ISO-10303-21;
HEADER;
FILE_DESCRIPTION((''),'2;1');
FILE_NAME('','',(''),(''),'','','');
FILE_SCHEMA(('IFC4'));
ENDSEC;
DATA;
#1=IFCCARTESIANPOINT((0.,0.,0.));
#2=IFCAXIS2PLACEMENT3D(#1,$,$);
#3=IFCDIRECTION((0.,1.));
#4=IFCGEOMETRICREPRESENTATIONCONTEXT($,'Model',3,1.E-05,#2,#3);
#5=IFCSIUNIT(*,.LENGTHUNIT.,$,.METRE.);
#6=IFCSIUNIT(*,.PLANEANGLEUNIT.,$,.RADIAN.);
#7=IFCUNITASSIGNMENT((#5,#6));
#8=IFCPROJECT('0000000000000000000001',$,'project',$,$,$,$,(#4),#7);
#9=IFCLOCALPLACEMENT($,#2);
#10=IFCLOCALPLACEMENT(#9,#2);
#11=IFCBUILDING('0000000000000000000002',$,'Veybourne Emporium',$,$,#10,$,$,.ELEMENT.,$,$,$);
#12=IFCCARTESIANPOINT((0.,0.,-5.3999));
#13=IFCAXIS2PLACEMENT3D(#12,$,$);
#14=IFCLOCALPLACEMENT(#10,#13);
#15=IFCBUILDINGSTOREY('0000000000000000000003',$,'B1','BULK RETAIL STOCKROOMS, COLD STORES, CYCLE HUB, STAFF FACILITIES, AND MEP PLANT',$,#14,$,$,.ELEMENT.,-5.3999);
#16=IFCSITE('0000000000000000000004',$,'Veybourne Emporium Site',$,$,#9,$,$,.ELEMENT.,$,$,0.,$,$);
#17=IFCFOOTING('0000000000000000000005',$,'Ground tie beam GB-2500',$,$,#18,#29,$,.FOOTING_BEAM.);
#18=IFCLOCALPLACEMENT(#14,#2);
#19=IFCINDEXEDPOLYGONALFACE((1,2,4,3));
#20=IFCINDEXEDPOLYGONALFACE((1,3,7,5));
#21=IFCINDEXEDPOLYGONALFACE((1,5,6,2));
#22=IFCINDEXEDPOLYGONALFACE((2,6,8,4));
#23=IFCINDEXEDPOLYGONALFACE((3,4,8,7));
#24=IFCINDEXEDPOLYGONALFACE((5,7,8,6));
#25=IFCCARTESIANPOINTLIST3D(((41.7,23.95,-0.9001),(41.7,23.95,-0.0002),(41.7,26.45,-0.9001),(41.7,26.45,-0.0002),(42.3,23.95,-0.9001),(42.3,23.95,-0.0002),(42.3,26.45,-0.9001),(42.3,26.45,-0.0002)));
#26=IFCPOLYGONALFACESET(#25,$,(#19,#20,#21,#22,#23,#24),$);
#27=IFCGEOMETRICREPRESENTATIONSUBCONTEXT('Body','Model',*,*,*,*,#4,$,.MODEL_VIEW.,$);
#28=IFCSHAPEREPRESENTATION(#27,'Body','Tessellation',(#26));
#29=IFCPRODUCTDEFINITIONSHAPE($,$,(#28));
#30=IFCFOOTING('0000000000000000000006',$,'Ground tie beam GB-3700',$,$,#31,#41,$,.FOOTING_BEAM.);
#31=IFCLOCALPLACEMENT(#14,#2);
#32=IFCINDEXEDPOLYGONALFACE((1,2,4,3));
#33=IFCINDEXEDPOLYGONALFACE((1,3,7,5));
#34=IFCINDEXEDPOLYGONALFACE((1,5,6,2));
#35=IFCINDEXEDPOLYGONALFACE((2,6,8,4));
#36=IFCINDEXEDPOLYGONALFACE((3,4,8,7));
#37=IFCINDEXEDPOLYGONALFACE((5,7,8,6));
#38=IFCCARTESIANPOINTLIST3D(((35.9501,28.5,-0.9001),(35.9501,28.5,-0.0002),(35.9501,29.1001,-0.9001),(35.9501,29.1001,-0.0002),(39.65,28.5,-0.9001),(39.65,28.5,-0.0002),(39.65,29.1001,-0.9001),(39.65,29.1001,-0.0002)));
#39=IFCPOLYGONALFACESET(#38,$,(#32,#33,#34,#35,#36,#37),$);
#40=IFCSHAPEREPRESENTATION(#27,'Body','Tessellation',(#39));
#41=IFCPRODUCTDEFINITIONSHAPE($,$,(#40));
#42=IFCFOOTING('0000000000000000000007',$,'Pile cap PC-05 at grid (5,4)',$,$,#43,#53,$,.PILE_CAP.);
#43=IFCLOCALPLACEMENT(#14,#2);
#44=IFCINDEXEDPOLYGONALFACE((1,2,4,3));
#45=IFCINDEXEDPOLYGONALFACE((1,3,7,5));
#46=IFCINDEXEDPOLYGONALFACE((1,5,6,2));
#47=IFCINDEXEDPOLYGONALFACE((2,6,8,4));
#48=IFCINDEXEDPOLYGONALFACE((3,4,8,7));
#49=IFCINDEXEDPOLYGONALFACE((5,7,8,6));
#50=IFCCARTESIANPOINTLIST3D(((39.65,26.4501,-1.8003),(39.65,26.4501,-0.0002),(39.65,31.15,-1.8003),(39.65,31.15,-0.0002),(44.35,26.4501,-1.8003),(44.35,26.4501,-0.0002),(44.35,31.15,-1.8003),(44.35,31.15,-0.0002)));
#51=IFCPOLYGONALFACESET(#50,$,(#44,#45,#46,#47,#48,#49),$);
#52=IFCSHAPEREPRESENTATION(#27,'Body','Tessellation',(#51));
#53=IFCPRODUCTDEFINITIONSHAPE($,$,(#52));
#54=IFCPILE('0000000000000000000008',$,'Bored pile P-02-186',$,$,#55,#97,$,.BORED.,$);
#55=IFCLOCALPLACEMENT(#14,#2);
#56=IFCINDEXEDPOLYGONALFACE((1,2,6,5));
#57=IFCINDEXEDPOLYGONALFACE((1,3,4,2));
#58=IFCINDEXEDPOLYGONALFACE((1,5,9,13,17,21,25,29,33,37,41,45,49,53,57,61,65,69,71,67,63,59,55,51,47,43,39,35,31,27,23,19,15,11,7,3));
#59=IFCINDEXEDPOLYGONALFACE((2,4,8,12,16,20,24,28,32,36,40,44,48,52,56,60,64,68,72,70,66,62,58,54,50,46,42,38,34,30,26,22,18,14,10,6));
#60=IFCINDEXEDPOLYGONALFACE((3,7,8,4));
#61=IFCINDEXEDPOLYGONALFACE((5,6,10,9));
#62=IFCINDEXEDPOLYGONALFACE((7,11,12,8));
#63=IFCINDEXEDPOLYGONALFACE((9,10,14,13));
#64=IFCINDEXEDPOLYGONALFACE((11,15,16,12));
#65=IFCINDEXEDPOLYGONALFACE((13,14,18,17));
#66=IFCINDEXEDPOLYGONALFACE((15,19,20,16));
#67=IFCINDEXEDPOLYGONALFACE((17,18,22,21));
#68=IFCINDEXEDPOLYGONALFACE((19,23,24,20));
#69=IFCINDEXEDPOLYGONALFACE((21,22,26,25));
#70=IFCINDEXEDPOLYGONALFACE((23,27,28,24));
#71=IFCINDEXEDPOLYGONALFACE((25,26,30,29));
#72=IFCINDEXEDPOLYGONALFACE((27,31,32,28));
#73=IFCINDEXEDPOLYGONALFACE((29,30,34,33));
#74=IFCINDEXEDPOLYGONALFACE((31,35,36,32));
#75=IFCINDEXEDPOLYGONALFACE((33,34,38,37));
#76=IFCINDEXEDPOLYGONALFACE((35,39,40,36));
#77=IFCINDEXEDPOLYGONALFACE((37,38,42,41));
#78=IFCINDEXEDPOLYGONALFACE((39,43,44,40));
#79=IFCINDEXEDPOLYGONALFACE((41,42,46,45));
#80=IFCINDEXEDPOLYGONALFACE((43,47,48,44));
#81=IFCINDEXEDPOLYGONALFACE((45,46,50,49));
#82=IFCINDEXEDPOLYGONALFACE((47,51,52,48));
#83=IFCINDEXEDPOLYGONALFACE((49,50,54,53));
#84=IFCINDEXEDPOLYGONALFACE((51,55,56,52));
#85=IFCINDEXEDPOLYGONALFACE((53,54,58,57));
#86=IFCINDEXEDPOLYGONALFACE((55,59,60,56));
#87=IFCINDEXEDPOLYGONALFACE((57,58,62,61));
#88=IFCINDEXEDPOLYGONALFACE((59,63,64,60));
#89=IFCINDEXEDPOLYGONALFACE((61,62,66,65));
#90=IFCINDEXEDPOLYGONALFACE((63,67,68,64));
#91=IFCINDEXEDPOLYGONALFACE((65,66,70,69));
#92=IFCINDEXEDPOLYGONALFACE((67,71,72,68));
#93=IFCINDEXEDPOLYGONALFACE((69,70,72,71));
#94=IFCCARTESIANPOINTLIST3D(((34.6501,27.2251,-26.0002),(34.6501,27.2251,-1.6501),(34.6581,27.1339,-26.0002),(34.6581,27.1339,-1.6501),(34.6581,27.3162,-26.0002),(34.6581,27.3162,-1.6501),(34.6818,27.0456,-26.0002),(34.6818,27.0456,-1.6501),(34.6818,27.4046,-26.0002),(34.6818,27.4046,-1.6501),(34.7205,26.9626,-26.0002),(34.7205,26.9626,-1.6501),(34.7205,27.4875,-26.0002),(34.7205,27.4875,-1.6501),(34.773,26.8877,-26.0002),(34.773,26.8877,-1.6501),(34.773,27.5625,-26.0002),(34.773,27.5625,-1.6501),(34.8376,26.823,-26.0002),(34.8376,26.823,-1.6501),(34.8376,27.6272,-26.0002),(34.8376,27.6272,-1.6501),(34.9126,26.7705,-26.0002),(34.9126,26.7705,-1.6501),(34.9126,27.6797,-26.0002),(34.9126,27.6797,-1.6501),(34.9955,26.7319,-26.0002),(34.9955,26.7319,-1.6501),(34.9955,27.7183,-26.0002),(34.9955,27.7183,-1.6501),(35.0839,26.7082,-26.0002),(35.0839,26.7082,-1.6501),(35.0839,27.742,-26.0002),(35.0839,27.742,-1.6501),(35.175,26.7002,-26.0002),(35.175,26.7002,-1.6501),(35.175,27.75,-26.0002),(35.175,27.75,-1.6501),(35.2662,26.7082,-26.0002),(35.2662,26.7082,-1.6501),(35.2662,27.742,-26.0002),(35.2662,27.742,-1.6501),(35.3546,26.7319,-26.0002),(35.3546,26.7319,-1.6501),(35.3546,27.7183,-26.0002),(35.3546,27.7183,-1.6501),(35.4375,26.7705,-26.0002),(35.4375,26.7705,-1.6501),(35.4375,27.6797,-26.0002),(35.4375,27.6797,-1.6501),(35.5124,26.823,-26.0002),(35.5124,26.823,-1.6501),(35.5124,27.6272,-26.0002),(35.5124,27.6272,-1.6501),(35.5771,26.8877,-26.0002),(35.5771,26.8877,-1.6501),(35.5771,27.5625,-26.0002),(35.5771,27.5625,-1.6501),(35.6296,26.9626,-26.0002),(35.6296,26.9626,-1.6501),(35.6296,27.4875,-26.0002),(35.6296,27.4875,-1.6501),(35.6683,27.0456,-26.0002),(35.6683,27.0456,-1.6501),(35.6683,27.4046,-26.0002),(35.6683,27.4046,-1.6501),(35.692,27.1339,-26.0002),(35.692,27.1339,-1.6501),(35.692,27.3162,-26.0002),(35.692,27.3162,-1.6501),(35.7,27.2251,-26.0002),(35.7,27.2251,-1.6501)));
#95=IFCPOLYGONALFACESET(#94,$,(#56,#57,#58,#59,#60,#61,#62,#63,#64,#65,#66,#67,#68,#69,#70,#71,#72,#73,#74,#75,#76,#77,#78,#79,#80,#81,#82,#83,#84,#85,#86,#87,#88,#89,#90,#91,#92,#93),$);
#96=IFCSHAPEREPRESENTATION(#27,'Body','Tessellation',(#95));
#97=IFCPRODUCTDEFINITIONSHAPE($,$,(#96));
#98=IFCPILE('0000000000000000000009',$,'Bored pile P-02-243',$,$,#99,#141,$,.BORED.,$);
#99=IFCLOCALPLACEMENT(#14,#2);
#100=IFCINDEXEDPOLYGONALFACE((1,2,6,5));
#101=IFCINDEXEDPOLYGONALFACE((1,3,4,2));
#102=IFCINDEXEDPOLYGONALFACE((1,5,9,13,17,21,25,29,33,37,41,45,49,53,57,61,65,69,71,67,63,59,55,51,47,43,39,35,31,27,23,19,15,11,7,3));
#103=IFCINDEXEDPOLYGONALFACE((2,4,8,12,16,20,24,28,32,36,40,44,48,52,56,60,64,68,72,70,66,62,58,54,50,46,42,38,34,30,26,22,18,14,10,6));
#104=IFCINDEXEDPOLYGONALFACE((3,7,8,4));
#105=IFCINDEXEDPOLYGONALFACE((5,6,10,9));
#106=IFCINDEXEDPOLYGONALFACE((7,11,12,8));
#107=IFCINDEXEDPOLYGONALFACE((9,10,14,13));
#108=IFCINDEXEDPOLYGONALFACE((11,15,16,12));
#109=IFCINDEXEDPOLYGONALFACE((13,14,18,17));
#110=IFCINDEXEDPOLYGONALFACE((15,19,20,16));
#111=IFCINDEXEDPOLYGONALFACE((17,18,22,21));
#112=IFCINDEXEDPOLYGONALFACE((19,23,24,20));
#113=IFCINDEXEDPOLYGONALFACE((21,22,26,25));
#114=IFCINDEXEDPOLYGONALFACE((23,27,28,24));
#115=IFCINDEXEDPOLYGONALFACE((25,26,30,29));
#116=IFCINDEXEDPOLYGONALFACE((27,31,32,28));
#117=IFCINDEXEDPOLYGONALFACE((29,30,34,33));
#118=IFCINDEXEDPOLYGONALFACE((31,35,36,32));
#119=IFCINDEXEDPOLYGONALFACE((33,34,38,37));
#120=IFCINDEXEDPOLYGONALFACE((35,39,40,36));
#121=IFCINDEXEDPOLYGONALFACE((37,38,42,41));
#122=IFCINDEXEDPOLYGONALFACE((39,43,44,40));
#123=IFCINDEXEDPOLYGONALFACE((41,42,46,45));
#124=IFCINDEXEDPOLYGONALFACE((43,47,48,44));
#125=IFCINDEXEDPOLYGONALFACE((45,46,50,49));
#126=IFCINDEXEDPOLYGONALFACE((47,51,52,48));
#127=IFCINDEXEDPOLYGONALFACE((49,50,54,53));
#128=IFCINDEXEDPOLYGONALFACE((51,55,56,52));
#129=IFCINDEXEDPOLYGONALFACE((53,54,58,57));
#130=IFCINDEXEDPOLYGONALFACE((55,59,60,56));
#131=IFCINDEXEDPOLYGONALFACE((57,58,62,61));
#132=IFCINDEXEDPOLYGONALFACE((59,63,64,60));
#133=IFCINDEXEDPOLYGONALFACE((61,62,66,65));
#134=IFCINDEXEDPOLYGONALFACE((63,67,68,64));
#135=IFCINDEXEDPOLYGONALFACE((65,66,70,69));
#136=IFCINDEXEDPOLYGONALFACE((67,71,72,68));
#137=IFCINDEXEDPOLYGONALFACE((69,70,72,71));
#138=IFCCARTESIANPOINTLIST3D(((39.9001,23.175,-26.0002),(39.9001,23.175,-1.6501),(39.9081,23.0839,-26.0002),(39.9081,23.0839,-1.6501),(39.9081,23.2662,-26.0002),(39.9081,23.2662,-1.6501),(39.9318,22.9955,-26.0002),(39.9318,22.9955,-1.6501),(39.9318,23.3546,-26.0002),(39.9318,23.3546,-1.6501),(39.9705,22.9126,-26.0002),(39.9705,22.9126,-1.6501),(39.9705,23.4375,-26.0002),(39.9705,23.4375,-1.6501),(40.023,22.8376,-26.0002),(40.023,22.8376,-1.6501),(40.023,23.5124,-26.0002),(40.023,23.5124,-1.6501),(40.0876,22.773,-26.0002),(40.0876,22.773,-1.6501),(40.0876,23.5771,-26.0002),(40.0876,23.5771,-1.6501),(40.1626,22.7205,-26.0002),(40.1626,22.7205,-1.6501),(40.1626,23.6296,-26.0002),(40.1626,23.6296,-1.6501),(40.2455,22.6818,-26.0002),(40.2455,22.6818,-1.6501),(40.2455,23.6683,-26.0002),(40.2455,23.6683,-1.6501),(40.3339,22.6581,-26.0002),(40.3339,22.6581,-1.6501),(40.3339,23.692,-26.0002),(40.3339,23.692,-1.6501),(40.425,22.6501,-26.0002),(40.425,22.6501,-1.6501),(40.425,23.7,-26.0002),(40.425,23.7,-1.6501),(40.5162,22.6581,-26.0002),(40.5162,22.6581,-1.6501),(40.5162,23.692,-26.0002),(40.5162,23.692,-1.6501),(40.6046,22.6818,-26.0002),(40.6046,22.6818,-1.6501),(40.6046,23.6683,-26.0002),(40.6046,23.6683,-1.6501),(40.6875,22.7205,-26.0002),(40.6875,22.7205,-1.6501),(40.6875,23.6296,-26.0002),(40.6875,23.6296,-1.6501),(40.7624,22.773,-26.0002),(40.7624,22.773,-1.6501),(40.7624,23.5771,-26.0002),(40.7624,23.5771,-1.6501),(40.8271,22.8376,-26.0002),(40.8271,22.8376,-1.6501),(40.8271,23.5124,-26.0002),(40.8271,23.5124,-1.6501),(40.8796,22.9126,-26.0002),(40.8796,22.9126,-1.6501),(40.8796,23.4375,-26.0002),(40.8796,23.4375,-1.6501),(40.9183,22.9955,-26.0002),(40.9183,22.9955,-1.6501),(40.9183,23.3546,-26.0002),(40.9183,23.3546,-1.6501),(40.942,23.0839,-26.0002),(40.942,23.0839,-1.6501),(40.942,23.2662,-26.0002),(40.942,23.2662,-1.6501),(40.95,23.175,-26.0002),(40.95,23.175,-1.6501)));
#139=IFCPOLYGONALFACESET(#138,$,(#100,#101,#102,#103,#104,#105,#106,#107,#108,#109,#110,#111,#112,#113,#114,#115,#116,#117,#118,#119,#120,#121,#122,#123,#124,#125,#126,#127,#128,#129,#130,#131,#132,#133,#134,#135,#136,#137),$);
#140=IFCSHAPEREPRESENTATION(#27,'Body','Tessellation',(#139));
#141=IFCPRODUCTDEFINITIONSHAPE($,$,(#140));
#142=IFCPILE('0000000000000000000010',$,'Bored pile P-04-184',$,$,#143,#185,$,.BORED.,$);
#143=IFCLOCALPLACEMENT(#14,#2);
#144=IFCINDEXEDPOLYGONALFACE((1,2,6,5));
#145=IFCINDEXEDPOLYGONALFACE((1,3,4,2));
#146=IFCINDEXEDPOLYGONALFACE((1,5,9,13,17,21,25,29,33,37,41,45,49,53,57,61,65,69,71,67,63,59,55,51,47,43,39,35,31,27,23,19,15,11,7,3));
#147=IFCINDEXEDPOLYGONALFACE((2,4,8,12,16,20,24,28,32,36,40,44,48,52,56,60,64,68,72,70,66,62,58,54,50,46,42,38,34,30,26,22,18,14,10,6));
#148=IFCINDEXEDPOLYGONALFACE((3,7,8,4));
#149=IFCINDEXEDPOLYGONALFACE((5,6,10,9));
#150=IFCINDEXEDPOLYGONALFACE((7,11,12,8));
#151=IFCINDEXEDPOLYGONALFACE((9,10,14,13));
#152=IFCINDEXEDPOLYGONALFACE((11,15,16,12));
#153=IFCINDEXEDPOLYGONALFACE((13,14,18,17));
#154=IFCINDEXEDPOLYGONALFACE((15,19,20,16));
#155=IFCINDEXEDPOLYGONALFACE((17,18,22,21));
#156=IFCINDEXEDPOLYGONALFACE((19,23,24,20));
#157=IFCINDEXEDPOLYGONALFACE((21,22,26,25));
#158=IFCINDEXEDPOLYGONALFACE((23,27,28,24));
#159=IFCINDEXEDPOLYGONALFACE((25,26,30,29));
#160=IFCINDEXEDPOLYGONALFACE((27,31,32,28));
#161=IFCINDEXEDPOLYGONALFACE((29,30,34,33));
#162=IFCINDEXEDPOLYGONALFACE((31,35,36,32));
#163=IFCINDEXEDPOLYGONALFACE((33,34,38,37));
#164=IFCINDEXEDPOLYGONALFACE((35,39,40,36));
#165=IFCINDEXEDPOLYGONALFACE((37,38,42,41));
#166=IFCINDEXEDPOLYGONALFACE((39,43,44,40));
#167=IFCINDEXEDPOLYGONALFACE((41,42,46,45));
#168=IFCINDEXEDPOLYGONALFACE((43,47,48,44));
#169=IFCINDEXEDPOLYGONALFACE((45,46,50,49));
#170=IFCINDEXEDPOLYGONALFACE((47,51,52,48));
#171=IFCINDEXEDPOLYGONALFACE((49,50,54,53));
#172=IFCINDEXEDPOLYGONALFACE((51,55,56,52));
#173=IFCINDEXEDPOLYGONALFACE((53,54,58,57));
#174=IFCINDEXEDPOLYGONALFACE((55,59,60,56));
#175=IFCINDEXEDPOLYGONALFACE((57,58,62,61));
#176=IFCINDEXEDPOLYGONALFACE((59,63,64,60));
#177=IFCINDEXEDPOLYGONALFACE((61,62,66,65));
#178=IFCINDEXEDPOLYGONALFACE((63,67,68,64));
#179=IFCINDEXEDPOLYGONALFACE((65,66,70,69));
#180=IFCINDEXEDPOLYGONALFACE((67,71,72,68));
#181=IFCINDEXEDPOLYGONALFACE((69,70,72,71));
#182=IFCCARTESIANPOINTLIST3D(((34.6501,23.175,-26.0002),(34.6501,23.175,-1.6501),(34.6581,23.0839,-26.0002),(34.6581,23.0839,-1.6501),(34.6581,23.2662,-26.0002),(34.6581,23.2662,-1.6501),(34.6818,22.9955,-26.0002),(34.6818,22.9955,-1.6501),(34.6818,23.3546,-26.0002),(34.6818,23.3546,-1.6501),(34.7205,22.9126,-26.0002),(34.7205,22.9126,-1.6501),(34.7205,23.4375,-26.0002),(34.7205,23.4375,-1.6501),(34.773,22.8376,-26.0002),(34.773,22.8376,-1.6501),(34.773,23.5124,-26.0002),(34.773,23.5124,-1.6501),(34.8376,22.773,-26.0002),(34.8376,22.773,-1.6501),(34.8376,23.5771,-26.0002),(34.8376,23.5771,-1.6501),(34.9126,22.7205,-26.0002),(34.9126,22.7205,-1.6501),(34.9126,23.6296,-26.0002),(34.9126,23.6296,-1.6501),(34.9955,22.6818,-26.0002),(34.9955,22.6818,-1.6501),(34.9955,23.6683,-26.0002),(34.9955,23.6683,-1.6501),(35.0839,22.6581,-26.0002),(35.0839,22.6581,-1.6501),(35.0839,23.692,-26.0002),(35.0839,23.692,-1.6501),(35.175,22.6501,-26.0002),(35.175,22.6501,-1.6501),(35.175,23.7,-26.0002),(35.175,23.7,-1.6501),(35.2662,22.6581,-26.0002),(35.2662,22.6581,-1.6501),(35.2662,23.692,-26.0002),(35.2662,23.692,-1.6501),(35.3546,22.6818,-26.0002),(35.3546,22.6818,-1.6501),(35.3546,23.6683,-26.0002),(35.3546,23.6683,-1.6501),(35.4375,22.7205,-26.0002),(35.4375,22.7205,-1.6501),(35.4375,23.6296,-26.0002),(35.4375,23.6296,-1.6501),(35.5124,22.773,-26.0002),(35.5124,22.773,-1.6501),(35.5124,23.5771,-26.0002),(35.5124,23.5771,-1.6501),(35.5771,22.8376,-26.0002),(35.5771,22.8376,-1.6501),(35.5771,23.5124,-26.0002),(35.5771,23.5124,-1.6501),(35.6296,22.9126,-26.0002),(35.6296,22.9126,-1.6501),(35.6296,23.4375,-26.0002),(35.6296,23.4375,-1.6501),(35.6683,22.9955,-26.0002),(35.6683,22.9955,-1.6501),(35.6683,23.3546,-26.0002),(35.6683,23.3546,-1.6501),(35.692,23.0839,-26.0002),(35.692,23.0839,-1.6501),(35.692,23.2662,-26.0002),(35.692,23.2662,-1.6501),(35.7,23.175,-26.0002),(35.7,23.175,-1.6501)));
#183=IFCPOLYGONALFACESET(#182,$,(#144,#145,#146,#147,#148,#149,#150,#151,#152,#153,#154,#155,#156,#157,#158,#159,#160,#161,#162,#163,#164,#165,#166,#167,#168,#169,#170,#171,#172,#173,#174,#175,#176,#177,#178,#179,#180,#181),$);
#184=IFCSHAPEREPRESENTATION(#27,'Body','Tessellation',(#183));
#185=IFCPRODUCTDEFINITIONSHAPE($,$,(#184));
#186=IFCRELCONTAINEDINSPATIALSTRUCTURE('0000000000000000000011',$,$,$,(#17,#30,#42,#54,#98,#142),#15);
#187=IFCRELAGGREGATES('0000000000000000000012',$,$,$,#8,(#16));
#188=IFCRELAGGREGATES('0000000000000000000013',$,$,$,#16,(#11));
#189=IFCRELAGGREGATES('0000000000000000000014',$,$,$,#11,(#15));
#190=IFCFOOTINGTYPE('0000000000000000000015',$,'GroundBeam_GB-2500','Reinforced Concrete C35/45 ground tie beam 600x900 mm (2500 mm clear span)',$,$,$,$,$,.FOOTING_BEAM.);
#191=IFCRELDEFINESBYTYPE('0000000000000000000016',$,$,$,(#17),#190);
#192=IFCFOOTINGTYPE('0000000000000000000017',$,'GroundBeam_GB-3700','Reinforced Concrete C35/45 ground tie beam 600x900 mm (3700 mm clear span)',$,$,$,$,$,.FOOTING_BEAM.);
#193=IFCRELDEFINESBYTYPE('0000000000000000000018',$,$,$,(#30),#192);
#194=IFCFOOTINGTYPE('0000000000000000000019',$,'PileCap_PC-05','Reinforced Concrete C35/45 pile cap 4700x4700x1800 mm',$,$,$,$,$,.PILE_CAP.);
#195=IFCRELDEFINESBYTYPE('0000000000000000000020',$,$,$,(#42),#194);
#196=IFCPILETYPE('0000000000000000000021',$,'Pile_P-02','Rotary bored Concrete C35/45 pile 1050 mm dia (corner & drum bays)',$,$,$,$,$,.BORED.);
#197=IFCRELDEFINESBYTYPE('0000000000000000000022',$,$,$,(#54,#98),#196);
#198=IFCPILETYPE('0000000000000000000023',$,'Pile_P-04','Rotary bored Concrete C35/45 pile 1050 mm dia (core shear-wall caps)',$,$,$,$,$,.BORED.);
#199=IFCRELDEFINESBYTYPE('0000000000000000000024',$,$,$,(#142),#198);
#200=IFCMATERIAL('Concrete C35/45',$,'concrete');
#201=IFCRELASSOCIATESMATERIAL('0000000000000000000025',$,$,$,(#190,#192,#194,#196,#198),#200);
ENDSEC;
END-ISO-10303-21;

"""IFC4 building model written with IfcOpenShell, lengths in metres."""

from ifc_helpers import new_model, si_unit, direction, frame, origin, origin_2d, place, context, subcontext, project, spatial, rectangle, circle, extrude, material, material_profile, profile_set, type_object, element, save


model = new_model("IFC4")

# Units and contexts
model_context = context("Model", 3, precision=1e-05, world=origin(), true_north=direction((0.0, 1.0)))
body_context = subcontext(model_context, "Body", "Model", "MODEL_VIEW")
ifc_project = project(units=[si_unit("LENGTHUNIT", "METRE"), si_unit("PLANEANGLEUNIT", "RADIAN")], contexts=[model_context])

# Site, building, storey
site_placement = place(None, origin())
site = spatial("IfcSite", under=ifc_project, at=site_placement, Name="Veybourne Emporium Site", CompositionType="ELEMENT", RefElevation=0.0)
building_placement = place(site_placement, origin())
building = spatial("IfcBuilding", under=site, at=building_placement, Name="Veybourne Emporium", CompositionType="ELEMENT")
storey_placement = place(building_placement, frame((0.0, 0.0, -5.3999)))
storey = spatial("IfcBuildingStorey", under=building, at=storey_placement, Name="B1", Description="BULK RETAIL STOCKROOMS, COLD STORES, CYCLE HUB, STAFF FACILITIES, AND MEP PLANT", CompositionType="ELEMENT", Elevation=-5.3999)

# Footings
ifc_material_1 = material(Name="Concrete C35/45", Category="concrete")
footing_type_1 = type_object("IfcFootingType", Name="GroundBeam_GB-2500", Description="Reinforced Concrete C35/45 ground tie beam 600x900 mm (2500 mm clear span)", PredefinedType="FOOTING_BEAM", material=ifc_material_1)
footing_1_placement = place(storey_placement, frame((42.0, 25.2, -0.9001), z_axis=(0.0, 0.0, 1.0), x_axis=(0.0, 1.0, 0.0)))
element("IfcFooting", 1, at=footing_1_placement, inside=storey, type_object=footing_type_1, Name="Ground tie beam GB-2500", PredefinedType="FOOTING_BEAM", context=body_context, shape_type="SweptSolid", body=[
    extrude(rectangle(XDim=2.5, YDim=0.6001, at=origin_2d()), origin(), (0.0, 0.0, 1.0), 0.8999),
])
footing_type_2 = type_object("IfcFootingType", Name="GroundBeam_GB-3700", Description="Reinforced Concrete C35/45 ground tie beam 600x900 mm (3700 mm clear span)", PredefinedType="FOOTING_BEAM", material=ifc_material_1)
footing_2_placement = place(storey_placement, frame((37.8, 28.8, -0.9001), z_axis=(0.0, 0.0, 1.0), x_axis=(1.0, 0.0, 0.0)))
element("IfcFooting", 2, at=footing_2_placement, inside=storey, type_object=footing_type_2, Name="Ground tie beam GB-3700", PredefinedType="FOOTING_BEAM", context=body_context, shape_type="SweptSolid", body=[
    extrude(rectangle(XDim=3.7, YDim=0.6001, at=origin_2d()), origin(), (0.0, 0.0, 1.0), 0.8999),
])
footing_type_3 = type_object("IfcFootingType", Name="PileCap_PC-05", Description="Reinforced Concrete C35/45 pile cap 4700x4700x1800 mm", PredefinedType="PILE_CAP", material=ifc_material_1)
footing_3_placement = place(storey_placement, frame((42.0, 28.8, -1.8003), z_axis=(0.0, 0.0, 1.0), x_axis=(1.0, 0.0, 0.0)))
element("IfcFooting", 3, at=footing_3_placement, inside=storey, type_object=footing_type_3, Name="Pile cap PC-05 at grid (5,4)", PredefinedType="PILE_CAP", context=body_context, shape_type="SweptSolid", body=[
    extrude(rectangle(XDim=4.7, YDim=4.7, at=origin_2d()), origin(), (0.0, 0.0, 1.0), 1.8),
])

# Piles
ifc_material_profile_1 = material_profile(ifc_material_1, circle(Radius=0.5249, at=origin_2d()), Name="BORED PILE 1050")
ifc_profile_set_1 = profile_set([ifc_material_profile_1], Name="Concrete C35/45")
pile_type_1 = type_object("IfcPileType", Name="Pile_P-02", Description="Rotary bored Concrete C35/45 pile 1050 mm dia (corner & drum bays)", PredefinedType="BORED", material=ifc_profile_set_1)
for number, where, z_axis, x_axis, name in (
    (4, (35.175, 27.2251, -1.6501), (0.0, 0.0, -1.0), (1.0, 0.0, 0.0), "Bored pile P-02-186"),
    (5, (40.425, 23.175, -1.6501), (0.0, 0.0, -1.0), (1.0, 0.0, 0.0), "Bored pile P-02-243"),
):
    element("IfcPile", number, at=place(storey_placement, frame(where, z_axis=z_axis, x_axis=x_axis)), inside=storey, type_object=pile_type_1, Name=name, PredefinedType="BORED", context=body_context, shape_type="SweptSolid", body=[
        extrude(circle(Radius=0.5249, at=origin_2d()), origin(), (0.0, 0.0, 1.0), 24.3501),
    ])
ifc_material_profile_2 = material_profile(ifc_material_1, circle(Radius=0.5249, at=origin_2d()), Name="BORED PILE 1050")
ifc_profile_set_2 = profile_set([ifc_material_profile_2], Name="Concrete C35/45")
pile_type_2 = type_object("IfcPileType", Name="Pile_P-04", Description="Rotary bored Concrete C35/45 pile 1050 mm dia (core shear-wall caps)", PredefinedType="BORED", material=ifc_profile_set_2)
for number, where, z_axis, x_axis, name in (
    (6, (35.175, 23.175, -1.6501), (0.0, 0.0, -1.0), (1.0, 0.0, 0.0), "Bored pile P-04-184"),
):
    element("IfcPile", number, at=place(storey_placement, frame(where, z_axis=z_axis, x_axis=x_axis)), inside=storey, type_object=pile_type_2, Name=name, PredefinedType="BORED", context=body_context, shape_type="SweptSolid", body=[
        extrude(circle(Radius=0.5249, at=origin_2d()), origin(), (0.0, 0.0, 1.0), 24.3501),
    ])

save(model, "model.ifc")
